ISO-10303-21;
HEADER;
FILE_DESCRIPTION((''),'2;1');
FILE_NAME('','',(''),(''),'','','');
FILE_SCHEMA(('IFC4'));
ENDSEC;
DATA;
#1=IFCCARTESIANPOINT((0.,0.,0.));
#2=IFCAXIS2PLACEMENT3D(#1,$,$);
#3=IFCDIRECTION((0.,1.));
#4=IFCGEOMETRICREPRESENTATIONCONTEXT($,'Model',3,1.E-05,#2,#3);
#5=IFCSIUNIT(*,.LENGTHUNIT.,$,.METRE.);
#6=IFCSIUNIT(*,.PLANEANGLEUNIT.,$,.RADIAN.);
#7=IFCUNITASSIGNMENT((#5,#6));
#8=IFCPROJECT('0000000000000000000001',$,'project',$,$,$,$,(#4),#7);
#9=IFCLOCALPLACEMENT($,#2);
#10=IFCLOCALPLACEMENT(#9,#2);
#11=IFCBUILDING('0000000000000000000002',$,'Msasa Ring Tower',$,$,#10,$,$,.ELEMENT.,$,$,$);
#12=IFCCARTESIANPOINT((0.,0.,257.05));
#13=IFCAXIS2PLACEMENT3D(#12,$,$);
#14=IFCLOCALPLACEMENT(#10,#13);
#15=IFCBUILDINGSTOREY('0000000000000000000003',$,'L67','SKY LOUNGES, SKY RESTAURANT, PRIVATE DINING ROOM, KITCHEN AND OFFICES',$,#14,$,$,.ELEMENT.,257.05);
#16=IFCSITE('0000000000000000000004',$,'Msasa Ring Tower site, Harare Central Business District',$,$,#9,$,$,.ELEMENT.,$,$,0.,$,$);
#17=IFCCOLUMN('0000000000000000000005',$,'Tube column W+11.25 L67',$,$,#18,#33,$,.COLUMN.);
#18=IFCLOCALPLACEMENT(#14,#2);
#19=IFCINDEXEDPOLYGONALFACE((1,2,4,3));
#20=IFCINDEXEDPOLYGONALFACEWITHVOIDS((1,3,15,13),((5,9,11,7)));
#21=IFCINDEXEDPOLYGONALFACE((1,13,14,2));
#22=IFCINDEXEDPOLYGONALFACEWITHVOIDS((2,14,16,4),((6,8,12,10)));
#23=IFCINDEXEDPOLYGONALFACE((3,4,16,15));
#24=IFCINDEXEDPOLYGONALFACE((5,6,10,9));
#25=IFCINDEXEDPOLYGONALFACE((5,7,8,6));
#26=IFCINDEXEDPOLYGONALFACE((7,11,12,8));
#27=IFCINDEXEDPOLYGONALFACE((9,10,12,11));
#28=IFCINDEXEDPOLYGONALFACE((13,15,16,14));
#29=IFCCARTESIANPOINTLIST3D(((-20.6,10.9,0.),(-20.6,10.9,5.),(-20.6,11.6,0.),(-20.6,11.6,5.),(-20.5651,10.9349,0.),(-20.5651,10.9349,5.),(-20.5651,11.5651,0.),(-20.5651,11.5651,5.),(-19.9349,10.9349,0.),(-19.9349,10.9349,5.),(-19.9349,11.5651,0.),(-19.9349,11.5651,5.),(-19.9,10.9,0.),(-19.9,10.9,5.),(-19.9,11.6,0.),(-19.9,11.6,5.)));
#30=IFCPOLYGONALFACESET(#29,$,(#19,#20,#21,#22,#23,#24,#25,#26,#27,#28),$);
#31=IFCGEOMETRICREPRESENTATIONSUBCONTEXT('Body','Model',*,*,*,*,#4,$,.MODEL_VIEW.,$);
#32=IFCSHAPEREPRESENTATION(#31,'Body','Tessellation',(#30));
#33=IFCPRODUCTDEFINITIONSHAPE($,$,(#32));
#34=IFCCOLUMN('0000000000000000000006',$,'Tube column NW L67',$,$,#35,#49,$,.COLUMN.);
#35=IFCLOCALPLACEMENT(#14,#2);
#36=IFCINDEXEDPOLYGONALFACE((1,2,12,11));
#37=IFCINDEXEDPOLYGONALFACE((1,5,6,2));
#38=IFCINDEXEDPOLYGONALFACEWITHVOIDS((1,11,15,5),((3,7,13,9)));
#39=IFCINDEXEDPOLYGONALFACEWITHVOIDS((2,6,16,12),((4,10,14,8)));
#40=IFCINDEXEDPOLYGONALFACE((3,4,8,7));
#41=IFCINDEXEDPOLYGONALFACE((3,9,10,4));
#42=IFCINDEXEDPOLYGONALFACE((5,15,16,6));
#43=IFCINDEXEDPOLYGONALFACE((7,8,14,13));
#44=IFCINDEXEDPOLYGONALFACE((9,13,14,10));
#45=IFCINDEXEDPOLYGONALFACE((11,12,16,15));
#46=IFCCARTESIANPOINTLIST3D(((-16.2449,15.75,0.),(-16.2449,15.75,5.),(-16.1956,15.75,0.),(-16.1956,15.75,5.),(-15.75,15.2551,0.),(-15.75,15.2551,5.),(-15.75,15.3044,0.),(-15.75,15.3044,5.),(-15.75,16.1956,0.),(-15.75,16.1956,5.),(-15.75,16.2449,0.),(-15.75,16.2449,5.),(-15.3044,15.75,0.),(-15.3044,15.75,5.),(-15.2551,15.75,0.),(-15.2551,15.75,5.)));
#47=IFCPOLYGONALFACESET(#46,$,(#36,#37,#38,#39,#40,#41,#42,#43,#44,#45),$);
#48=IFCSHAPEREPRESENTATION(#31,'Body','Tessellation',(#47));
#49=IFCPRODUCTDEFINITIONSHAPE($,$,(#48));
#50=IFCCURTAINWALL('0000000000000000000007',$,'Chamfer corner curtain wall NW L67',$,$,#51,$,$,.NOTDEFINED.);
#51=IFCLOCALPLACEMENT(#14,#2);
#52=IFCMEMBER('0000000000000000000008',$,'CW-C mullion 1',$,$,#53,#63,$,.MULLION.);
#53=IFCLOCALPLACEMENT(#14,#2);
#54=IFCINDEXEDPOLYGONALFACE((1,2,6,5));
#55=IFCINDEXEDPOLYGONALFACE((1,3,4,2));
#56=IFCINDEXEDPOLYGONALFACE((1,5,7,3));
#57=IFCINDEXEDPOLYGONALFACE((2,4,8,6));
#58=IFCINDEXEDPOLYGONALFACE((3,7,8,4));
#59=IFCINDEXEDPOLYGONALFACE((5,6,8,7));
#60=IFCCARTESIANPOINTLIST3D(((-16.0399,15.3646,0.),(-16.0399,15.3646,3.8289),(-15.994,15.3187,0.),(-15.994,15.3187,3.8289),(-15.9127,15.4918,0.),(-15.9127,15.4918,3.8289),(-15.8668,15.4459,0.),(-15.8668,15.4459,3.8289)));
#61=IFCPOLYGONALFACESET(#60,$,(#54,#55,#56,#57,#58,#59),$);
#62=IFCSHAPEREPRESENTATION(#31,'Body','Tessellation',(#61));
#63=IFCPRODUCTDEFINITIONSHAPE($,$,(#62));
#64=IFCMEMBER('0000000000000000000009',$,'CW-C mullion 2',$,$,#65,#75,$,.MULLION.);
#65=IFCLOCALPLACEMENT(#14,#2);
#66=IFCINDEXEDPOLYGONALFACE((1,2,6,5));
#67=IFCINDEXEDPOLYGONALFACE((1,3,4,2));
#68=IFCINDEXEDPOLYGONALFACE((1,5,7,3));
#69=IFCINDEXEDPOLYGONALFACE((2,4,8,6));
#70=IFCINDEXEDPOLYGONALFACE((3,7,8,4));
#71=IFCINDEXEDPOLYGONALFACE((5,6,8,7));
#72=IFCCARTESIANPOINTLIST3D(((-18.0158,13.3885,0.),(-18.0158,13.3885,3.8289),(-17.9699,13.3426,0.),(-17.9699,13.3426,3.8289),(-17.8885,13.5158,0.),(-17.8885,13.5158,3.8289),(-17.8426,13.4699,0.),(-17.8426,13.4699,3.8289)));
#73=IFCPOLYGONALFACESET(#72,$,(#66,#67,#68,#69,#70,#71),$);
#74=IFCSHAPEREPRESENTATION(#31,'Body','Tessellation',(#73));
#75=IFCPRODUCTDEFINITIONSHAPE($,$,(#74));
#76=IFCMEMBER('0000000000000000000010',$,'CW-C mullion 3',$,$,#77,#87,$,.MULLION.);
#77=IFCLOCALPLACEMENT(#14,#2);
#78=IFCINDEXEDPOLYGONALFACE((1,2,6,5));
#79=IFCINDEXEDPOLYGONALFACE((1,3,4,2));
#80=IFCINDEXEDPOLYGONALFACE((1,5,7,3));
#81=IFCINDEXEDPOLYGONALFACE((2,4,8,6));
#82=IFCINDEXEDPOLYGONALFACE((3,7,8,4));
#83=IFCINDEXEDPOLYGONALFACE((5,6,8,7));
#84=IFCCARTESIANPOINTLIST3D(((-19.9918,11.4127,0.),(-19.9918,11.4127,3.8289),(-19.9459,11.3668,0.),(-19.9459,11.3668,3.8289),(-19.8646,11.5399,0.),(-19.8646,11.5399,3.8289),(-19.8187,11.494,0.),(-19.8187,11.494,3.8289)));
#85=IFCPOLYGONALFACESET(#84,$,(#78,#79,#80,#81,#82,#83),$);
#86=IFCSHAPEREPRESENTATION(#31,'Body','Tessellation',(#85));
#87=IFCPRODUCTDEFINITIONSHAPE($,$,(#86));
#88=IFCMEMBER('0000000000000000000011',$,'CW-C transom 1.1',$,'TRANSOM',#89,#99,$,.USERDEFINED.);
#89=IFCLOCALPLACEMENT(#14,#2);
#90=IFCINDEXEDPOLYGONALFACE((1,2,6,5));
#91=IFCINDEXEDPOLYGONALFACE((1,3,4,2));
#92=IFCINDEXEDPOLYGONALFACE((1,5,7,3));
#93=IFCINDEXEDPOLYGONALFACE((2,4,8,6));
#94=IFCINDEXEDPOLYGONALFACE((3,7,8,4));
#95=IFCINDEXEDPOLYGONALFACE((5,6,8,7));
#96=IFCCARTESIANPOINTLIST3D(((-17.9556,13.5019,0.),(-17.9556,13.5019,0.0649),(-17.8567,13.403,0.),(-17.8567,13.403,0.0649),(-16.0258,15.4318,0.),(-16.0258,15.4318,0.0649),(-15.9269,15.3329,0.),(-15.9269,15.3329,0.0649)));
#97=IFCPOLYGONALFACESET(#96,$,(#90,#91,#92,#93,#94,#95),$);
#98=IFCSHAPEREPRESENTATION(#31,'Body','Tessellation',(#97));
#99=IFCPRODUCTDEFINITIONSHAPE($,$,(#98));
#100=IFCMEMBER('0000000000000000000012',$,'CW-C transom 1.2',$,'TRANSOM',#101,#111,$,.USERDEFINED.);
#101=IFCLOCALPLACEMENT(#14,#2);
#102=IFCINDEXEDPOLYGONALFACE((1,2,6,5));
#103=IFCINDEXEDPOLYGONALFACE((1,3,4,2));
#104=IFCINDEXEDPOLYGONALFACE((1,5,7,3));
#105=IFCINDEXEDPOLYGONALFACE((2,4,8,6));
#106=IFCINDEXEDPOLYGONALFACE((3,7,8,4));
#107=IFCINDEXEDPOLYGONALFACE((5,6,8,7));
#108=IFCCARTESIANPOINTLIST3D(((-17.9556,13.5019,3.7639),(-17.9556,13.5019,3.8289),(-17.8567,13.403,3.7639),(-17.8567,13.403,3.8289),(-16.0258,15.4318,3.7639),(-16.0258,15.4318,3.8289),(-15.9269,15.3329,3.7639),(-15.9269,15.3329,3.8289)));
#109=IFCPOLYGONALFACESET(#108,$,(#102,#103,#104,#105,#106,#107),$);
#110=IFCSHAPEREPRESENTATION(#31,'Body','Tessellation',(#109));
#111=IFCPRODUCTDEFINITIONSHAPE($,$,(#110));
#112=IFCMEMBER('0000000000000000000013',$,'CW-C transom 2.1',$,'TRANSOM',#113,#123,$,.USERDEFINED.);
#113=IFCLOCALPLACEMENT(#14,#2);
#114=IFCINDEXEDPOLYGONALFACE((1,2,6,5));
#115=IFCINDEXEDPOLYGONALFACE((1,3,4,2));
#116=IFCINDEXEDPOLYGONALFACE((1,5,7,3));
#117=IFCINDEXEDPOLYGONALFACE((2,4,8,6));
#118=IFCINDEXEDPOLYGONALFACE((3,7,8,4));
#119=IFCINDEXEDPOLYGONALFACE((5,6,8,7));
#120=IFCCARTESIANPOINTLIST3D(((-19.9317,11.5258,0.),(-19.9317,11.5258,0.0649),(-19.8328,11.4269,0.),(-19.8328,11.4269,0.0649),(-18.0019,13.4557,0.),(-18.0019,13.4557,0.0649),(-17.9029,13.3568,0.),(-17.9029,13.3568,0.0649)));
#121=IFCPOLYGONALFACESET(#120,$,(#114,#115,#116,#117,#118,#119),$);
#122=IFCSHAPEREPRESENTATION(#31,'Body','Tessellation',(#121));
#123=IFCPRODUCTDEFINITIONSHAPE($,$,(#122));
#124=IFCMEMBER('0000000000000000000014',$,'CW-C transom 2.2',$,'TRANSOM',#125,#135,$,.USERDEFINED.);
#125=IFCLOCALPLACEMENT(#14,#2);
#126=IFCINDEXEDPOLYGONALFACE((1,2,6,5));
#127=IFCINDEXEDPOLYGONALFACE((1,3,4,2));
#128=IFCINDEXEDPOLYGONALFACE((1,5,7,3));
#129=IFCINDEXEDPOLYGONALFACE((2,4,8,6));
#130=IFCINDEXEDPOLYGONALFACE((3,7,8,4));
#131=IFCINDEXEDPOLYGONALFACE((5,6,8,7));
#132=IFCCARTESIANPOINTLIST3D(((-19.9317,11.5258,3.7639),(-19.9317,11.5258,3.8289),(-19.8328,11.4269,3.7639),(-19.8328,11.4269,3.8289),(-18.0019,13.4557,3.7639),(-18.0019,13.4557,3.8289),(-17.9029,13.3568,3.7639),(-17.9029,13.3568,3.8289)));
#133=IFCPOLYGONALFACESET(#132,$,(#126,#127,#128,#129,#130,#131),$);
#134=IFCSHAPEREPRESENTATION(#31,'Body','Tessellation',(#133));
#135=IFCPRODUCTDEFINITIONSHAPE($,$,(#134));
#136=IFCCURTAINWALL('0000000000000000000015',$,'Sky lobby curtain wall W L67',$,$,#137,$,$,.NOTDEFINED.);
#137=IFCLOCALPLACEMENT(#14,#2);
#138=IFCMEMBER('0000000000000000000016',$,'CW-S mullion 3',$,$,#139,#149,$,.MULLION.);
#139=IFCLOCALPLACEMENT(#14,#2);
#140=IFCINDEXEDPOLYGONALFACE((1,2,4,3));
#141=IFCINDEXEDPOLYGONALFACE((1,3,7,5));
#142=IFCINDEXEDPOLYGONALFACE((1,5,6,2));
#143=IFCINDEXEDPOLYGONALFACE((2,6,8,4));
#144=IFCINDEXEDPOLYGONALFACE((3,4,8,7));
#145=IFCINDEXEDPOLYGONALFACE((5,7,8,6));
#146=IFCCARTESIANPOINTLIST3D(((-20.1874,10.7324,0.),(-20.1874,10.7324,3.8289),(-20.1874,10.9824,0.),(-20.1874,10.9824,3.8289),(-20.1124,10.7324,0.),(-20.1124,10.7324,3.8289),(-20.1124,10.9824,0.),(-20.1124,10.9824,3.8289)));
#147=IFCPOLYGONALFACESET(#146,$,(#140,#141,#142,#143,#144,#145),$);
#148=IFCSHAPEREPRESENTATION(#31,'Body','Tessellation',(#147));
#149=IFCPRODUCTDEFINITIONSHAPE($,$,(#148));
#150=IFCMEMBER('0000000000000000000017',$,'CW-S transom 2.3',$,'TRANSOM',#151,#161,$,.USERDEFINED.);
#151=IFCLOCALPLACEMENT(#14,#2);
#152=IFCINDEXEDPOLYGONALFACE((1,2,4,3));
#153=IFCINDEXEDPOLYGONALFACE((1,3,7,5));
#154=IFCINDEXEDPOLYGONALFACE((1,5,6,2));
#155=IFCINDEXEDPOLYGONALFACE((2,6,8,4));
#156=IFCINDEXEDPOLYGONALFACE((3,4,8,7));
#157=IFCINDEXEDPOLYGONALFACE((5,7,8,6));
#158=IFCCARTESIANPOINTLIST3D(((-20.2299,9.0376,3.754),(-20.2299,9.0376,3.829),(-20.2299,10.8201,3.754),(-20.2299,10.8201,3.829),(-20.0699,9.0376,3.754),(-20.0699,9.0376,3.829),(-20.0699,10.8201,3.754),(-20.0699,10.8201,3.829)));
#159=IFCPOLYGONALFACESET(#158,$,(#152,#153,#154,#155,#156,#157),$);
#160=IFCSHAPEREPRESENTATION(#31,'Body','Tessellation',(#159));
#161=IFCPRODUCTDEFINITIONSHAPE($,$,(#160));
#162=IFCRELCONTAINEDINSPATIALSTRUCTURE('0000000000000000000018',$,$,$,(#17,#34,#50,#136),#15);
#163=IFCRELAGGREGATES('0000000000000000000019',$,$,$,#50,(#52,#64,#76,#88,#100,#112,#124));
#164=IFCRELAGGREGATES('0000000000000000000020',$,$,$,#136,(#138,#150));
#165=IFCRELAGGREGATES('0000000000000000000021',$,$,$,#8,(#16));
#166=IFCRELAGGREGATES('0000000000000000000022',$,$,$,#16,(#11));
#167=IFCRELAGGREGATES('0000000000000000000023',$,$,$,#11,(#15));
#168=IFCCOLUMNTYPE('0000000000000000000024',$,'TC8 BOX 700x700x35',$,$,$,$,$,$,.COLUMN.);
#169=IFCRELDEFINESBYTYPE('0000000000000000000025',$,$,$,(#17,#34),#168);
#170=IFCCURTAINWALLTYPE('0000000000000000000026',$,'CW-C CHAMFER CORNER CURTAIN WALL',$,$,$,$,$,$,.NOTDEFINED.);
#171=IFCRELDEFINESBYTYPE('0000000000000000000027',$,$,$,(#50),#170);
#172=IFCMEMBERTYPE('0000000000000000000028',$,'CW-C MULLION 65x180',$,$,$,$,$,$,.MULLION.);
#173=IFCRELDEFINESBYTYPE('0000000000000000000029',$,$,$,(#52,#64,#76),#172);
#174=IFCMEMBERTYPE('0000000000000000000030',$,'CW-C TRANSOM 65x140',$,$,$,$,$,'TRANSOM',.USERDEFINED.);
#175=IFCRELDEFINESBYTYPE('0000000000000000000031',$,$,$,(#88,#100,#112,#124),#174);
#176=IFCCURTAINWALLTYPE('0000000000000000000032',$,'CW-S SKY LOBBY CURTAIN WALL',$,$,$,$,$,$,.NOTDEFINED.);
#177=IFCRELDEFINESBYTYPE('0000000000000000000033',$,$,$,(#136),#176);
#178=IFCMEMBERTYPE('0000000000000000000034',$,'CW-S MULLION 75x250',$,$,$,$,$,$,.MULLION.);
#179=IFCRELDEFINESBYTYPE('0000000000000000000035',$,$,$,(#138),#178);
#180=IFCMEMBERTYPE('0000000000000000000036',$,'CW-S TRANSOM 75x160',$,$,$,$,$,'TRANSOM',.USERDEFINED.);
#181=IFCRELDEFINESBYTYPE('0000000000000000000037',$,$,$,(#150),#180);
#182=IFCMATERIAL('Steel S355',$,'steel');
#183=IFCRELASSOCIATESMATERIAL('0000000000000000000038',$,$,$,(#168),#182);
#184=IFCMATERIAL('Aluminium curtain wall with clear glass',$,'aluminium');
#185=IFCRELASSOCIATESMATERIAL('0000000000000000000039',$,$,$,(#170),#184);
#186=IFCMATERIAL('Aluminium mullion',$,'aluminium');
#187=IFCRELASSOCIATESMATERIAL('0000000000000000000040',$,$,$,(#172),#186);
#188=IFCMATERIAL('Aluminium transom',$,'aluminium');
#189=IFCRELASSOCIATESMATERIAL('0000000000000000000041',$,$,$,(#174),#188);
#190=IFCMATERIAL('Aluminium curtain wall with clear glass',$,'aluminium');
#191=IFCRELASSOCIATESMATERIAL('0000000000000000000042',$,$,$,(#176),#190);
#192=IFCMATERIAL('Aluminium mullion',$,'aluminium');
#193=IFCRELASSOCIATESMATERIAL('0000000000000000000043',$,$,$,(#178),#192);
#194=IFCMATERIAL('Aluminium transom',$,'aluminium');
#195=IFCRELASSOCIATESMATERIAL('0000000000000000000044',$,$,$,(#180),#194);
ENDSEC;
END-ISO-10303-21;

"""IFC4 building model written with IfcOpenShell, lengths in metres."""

from ifc_helpers import new_model, si_unit, direction, frame, origin, origin_2d, place, context, subcontext, project, spatial, rectangle, hollow_rectangle, extrude, material, material_profile, profile_set, type_object, element, aggregate, save


model = new_model("IFC4")

# Units and contexts
model_context = context("Model", 3, precision=1e-05, world=origin(), true_north=direction((0.0, 1.0)))
body_context = subcontext(model_context, "Body", "Model", "MODEL_VIEW")
ifc_project = project(units=[si_unit("LENGTHUNIT", "METRE"), si_unit("PLANEANGLEUNIT", "RADIAN")], contexts=[model_context])

# Site, building, storey
site_placement = place(None, origin())
site = spatial("IfcSite", under=ifc_project, at=site_placement, Name="Msasa Ring Tower site, Harare Central Business District", CompositionType="ELEMENT", RefElevation=0.0)
building_placement = place(site_placement, origin())
building = spatial("IfcBuilding", under=site, at=building_placement, Name="Msasa Ring Tower", CompositionType="ELEMENT")
storey_placement = place(building_placement, frame((0.0, 0.0, 257.05)))
storey = spatial("IfcBuildingStorey", under=building, at=storey_placement, Name="L67", Description="SKY LOUNGES, SKY RESTAURANT, PRIVATE DINING ROOM, KITCHEN AND OFFICES", CompositionType="ELEMENT", Elevation=257.05)

# Columns
ifc_material_1 = material(Name="Steel S355", Category="steel")
ifc_material_profile_1 = material_profile(ifc_material_1, hollow_rectangle(XDim=0.7, YDim=0.7, WallThickness=0.0349, at=origin_2d()), Name="BOX 700x700x35")
ifc_profile_set_1 = profile_set([ifc_material_profile_1], Name="Steel S355")
column_type = type_object("IfcColumnType", Name="TC8 BOX 700x700x35", PredefinedType="COLUMN", material=ifc_profile_set_1)
for number, where, z_axis, x_axis, name in (
    (1, (-20.25, 11.25, 0.0), (0.0, 0.0, 1.0), (1.0, 0.0, 0.0), "Tube column W+11.25 L67"),
    (2, (-15.75, 15.75, 0.0), (0.0, 0.0, 1.0), (0.707107, -0.707107, 0.0), "Tube column NW L67"),
):
    element("IfcColumn", number, at=place(storey_placement, frame(where, z_axis=z_axis, x_axis=x_axis)), inside=storey, type_object=column_type, Name=name, PredefinedType="COLUMN", context=body_context, shape_type="SweptSolid", body=[
        extrude(hollow_rectangle(XDim=0.7, YDim=0.7, WallThickness=0.0349, at=origin_2d()), origin(), (0.0, 0.0, 1.0), 5.0),
    ])

# Curtain walls, members
ifc_material_2 = material(Name="Aluminium curtain wall with clear glass", Category="aluminium")
curtain_wall_type_1 = type_object("IfcCurtainWallType", Name="CW-C CHAMFER CORNER CURTAIN WALL", PredefinedType="NOTDEFINED", material=ifc_material_2)
curtain_wall_1_placement = place(storey_placement, origin())
curtain_wall_1 = element("IfcCurtainWall", 3, at=curtain_wall_1_placement, inside=storey, type_object=curtain_wall_type_1, Name="Chamfer corner curtain wall NW L67", PredefinedType="NOTDEFINED")
ifc_material_3 = material(Name="Aluminium mullion", Category="aluminium")
ifc_material_profile_2 = material_profile(ifc_material_3, rectangle(XDim=0.0649, YDim=0.1799, at=origin_2d()), Name="AL 65x180")
ifc_profile_set_2 = profile_set([ifc_material_profile_2], Name="Aluminium mullion")
member_type_1 = type_object("IfcMemberType", Name="CW-C MULLION 65x180", PredefinedType="MULLION", material=ifc_profile_set_2)
member_1_placement = place(storey_placement, frame((-15.9534, 15.4053, 0.0), z_axis=(0.0, 0.0, 1.0), x_axis=(0.707107, -0.707107, 0.0)))
member_1 = element("IfcMember", 4, at=member_1_placement, type_object=member_type_1, Name="CW-C mullion 1", PredefinedType="MULLION", context=body_context, shape_type="SweptSolid", body=[
    extrude(rectangle(XDim=0.0649, YDim=0.1799, at=origin_2d()), origin(), (0.0, 0.0, 1.0), 3.8289),
])
member_2_placement = place(storey_placement, frame((-17.9292, 13.4292, 0.0), z_axis=(0.0, 0.0, 1.0), x_axis=(0.707107, -0.707107, 0.0)))
member_2 = element("IfcMember", 5, at=member_2_placement, type_object=member_type_1, Name="CW-C mullion 2", PredefinedType="MULLION", context=body_context, shape_type="SweptSolid", body=[
    extrude(rectangle(XDim=0.0649, YDim=0.1799, at=origin_2d()), origin(), (0.0, 0.0, 1.0), 3.8289),
])
member_3_placement = place(storey_placement, frame((-19.9053, 11.4534, 0.0), z_axis=(0.0, 0.0, 1.0), x_axis=(0.707107, -0.707107, 0.0)))
member_3 = element("IfcMember", 6, at=member_3_placement, type_object=member_type_1, Name="CW-C mullion 3", PredefinedType="MULLION", context=body_context, shape_type="SweptSolid", body=[
    extrude(rectangle(XDim=0.0649, YDim=0.1799, at=origin_2d()), origin(), (0.0, 0.0, 1.0), 3.8289),
])
ifc_material_4 = material(Name="Aluminium transom", Category="aluminium")
ifc_material_profile_3 = material_profile(ifc_material_4, rectangle(XDim=0.1399, YDim=0.0649, at=origin_2d()), Name="AL 65x140")
ifc_profile_set_3 = profile_set([ifc_material_profile_3], Name="Aluminium transom")
member_type_2 = type_object("IfcMemberType", Name="CW-C TRANSOM 65x140", ElementType="TRANSOM", PredefinedType="USERDEFINED", material=ifc_profile_set_3)
member_4_placement = place(storey_placement, frame((-15.9763, 15.3823, 0.0325), z_axis=(-0.707107, -0.707107, 0.0), x_axis=(0.707107, -0.707107, 0.0)))
member_4 = element("IfcMember", 7, at=member_4_placement, type_object=member_type_2, Name="CW-C transom 1.1", ObjectType="TRANSOM", PredefinedType="USERDEFINED", context=body_context, shape_type="SweptSolid", body=[
    extrude(rectangle(XDim=0.1399, YDim=0.0649, at=origin_2d()), origin(), (0.0, 0.0, 1.0), 2.7292),
])
member_5_placement = place(storey_placement, frame((-15.9763, 15.3823, 3.7964), z_axis=(-0.707107, -0.707107, 0.0), x_axis=(0.707107, -0.707107, 0.0)))
member_5 = element("IfcMember", 8, at=member_5_placement, type_object=member_type_2, Name="CW-C transom 1.2", ObjectType="TRANSOM", PredefinedType="USERDEFINED", context=body_context, shape_type="SweptSolid", body=[
    extrude(rectangle(XDim=0.1399, YDim=0.0649, at=origin_2d()), origin(), (0.0, 0.0, 1.0), 2.7292),
])
member_6_placement = place(storey_placement, frame((-17.9524, 13.4062, 0.0325), z_axis=(-0.707107, -0.707107, 0.0), x_axis=(0.707107, -0.707107, 0.0)))
member_6 = element("IfcMember", 9, at=member_6_placement, type_object=member_type_2, Name="CW-C transom 2.1", ObjectType="TRANSOM", PredefinedType="USERDEFINED", context=body_context, shape_type="SweptSolid", body=[
    extrude(rectangle(XDim=0.1399, YDim=0.0649, at=origin_2d()), origin(), (0.0, 0.0, 1.0), 2.7292),
])
member_7_placement = place(storey_placement, frame((-17.9524, 13.4062, 3.7964), z_axis=(-0.707107, -0.707107, 0.0), x_axis=(0.707107, -0.707107, 0.0)))
member_7 = element("IfcMember", 10, at=member_7_placement, type_object=member_type_2, Name="CW-C transom 2.2", ObjectType="TRANSOM", PredefinedType="USERDEFINED", context=body_context, shape_type="SweptSolid", body=[
    extrude(rectangle(XDim=0.1399, YDim=0.0649, at=origin_2d()), origin(), (0.0, 0.0, 1.0), 2.7292),
])
ifc_material_5 = material(Name="Aluminium curtain wall with clear glass", Category="aluminium")
curtain_wall_type_2 = type_object("IfcCurtainWallType", Name="CW-S SKY LOBBY CURTAIN WALL", PredefinedType="NOTDEFINED", material=ifc_material_5)
curtain_wall_2_placement = place(storey_placement, origin())
curtain_wall_2 = element("IfcCurtainWall", 11, at=curtain_wall_2_placement, inside=storey, type_object=curtain_wall_type_2, Name="Sky lobby curtain wall W L67", PredefinedType="NOTDEFINED")
ifc_material_6 = material(Name="Aluminium mullion", Category="aluminium")
ifc_material_profile_4 = material_profile(ifc_material_6, rectangle(XDim=0.075, YDim=0.25, at=origin_2d()), Name="AL 75x250")
ifc_profile_set_4 = profile_set([ifc_material_profile_4], Name="Aluminium mullion")
member_type_3 = type_object("IfcMemberType", Name="CW-S MULLION 75x250", PredefinedType="MULLION", material=ifc_profile_set_4)
member_8_placement = place(storey_placement, frame((-20.1499, 10.8574, 0.0), z_axis=(0.0, 0.0, 1.0), x_axis=(-1.0, 0.0, 0.0)))
member_8 = element("IfcMember", 12, at=member_8_placement, type_object=member_type_3, Name="CW-S mullion 3", PredefinedType="MULLION", context=body_context, shape_type="SweptSolid", body=[
    extrude(rectangle(XDim=0.075, YDim=0.25, at=origin_2d()), origin(), (0.0, 0.0, 1.0), 3.8289),
])
ifc_material_7 = material(Name="Aluminium transom", Category="aluminium")
ifc_material_profile_5 = material_profile(ifc_material_7, rectangle(XDim=0.1599, YDim=0.075, at=origin_2d()), Name="AL 75x160")
ifc_profile_set_5 = profile_set([ifc_material_profile_5], Name="Aluminium transom")
member_type_4 = type_object("IfcMemberType", Name="CW-S TRANSOM 75x160", ElementType="TRANSOM", PredefinedType="USERDEFINED", material=ifc_profile_set_5)
member_9_placement = place(storey_placement, frame((-20.1499, 9.0376, 3.7915), z_axis=(0.0, 1.0, 0.0), x_axis=(-1.0, 0.0, 0.0)))
member_9 = element("IfcMember", 13, at=member_9_placement, type_object=member_type_4, Name="CW-S transom 2.3", ObjectType="TRANSOM", PredefinedType="USERDEFINED", context=body_context, shape_type="SweptSolid", body=[
    extrude(rectangle(XDim=0.1599, YDim=0.075, at=origin_2d()), origin(), (0.0, 0.0, 1.0), 1.7825),
])

aggregate(curtain_wall_1, [member_1, member_2, member_3, member_4, member_5, member_6, member_7])
aggregate(curtain_wall_2, [member_8, member_9])

save(model, "model.ifc")
